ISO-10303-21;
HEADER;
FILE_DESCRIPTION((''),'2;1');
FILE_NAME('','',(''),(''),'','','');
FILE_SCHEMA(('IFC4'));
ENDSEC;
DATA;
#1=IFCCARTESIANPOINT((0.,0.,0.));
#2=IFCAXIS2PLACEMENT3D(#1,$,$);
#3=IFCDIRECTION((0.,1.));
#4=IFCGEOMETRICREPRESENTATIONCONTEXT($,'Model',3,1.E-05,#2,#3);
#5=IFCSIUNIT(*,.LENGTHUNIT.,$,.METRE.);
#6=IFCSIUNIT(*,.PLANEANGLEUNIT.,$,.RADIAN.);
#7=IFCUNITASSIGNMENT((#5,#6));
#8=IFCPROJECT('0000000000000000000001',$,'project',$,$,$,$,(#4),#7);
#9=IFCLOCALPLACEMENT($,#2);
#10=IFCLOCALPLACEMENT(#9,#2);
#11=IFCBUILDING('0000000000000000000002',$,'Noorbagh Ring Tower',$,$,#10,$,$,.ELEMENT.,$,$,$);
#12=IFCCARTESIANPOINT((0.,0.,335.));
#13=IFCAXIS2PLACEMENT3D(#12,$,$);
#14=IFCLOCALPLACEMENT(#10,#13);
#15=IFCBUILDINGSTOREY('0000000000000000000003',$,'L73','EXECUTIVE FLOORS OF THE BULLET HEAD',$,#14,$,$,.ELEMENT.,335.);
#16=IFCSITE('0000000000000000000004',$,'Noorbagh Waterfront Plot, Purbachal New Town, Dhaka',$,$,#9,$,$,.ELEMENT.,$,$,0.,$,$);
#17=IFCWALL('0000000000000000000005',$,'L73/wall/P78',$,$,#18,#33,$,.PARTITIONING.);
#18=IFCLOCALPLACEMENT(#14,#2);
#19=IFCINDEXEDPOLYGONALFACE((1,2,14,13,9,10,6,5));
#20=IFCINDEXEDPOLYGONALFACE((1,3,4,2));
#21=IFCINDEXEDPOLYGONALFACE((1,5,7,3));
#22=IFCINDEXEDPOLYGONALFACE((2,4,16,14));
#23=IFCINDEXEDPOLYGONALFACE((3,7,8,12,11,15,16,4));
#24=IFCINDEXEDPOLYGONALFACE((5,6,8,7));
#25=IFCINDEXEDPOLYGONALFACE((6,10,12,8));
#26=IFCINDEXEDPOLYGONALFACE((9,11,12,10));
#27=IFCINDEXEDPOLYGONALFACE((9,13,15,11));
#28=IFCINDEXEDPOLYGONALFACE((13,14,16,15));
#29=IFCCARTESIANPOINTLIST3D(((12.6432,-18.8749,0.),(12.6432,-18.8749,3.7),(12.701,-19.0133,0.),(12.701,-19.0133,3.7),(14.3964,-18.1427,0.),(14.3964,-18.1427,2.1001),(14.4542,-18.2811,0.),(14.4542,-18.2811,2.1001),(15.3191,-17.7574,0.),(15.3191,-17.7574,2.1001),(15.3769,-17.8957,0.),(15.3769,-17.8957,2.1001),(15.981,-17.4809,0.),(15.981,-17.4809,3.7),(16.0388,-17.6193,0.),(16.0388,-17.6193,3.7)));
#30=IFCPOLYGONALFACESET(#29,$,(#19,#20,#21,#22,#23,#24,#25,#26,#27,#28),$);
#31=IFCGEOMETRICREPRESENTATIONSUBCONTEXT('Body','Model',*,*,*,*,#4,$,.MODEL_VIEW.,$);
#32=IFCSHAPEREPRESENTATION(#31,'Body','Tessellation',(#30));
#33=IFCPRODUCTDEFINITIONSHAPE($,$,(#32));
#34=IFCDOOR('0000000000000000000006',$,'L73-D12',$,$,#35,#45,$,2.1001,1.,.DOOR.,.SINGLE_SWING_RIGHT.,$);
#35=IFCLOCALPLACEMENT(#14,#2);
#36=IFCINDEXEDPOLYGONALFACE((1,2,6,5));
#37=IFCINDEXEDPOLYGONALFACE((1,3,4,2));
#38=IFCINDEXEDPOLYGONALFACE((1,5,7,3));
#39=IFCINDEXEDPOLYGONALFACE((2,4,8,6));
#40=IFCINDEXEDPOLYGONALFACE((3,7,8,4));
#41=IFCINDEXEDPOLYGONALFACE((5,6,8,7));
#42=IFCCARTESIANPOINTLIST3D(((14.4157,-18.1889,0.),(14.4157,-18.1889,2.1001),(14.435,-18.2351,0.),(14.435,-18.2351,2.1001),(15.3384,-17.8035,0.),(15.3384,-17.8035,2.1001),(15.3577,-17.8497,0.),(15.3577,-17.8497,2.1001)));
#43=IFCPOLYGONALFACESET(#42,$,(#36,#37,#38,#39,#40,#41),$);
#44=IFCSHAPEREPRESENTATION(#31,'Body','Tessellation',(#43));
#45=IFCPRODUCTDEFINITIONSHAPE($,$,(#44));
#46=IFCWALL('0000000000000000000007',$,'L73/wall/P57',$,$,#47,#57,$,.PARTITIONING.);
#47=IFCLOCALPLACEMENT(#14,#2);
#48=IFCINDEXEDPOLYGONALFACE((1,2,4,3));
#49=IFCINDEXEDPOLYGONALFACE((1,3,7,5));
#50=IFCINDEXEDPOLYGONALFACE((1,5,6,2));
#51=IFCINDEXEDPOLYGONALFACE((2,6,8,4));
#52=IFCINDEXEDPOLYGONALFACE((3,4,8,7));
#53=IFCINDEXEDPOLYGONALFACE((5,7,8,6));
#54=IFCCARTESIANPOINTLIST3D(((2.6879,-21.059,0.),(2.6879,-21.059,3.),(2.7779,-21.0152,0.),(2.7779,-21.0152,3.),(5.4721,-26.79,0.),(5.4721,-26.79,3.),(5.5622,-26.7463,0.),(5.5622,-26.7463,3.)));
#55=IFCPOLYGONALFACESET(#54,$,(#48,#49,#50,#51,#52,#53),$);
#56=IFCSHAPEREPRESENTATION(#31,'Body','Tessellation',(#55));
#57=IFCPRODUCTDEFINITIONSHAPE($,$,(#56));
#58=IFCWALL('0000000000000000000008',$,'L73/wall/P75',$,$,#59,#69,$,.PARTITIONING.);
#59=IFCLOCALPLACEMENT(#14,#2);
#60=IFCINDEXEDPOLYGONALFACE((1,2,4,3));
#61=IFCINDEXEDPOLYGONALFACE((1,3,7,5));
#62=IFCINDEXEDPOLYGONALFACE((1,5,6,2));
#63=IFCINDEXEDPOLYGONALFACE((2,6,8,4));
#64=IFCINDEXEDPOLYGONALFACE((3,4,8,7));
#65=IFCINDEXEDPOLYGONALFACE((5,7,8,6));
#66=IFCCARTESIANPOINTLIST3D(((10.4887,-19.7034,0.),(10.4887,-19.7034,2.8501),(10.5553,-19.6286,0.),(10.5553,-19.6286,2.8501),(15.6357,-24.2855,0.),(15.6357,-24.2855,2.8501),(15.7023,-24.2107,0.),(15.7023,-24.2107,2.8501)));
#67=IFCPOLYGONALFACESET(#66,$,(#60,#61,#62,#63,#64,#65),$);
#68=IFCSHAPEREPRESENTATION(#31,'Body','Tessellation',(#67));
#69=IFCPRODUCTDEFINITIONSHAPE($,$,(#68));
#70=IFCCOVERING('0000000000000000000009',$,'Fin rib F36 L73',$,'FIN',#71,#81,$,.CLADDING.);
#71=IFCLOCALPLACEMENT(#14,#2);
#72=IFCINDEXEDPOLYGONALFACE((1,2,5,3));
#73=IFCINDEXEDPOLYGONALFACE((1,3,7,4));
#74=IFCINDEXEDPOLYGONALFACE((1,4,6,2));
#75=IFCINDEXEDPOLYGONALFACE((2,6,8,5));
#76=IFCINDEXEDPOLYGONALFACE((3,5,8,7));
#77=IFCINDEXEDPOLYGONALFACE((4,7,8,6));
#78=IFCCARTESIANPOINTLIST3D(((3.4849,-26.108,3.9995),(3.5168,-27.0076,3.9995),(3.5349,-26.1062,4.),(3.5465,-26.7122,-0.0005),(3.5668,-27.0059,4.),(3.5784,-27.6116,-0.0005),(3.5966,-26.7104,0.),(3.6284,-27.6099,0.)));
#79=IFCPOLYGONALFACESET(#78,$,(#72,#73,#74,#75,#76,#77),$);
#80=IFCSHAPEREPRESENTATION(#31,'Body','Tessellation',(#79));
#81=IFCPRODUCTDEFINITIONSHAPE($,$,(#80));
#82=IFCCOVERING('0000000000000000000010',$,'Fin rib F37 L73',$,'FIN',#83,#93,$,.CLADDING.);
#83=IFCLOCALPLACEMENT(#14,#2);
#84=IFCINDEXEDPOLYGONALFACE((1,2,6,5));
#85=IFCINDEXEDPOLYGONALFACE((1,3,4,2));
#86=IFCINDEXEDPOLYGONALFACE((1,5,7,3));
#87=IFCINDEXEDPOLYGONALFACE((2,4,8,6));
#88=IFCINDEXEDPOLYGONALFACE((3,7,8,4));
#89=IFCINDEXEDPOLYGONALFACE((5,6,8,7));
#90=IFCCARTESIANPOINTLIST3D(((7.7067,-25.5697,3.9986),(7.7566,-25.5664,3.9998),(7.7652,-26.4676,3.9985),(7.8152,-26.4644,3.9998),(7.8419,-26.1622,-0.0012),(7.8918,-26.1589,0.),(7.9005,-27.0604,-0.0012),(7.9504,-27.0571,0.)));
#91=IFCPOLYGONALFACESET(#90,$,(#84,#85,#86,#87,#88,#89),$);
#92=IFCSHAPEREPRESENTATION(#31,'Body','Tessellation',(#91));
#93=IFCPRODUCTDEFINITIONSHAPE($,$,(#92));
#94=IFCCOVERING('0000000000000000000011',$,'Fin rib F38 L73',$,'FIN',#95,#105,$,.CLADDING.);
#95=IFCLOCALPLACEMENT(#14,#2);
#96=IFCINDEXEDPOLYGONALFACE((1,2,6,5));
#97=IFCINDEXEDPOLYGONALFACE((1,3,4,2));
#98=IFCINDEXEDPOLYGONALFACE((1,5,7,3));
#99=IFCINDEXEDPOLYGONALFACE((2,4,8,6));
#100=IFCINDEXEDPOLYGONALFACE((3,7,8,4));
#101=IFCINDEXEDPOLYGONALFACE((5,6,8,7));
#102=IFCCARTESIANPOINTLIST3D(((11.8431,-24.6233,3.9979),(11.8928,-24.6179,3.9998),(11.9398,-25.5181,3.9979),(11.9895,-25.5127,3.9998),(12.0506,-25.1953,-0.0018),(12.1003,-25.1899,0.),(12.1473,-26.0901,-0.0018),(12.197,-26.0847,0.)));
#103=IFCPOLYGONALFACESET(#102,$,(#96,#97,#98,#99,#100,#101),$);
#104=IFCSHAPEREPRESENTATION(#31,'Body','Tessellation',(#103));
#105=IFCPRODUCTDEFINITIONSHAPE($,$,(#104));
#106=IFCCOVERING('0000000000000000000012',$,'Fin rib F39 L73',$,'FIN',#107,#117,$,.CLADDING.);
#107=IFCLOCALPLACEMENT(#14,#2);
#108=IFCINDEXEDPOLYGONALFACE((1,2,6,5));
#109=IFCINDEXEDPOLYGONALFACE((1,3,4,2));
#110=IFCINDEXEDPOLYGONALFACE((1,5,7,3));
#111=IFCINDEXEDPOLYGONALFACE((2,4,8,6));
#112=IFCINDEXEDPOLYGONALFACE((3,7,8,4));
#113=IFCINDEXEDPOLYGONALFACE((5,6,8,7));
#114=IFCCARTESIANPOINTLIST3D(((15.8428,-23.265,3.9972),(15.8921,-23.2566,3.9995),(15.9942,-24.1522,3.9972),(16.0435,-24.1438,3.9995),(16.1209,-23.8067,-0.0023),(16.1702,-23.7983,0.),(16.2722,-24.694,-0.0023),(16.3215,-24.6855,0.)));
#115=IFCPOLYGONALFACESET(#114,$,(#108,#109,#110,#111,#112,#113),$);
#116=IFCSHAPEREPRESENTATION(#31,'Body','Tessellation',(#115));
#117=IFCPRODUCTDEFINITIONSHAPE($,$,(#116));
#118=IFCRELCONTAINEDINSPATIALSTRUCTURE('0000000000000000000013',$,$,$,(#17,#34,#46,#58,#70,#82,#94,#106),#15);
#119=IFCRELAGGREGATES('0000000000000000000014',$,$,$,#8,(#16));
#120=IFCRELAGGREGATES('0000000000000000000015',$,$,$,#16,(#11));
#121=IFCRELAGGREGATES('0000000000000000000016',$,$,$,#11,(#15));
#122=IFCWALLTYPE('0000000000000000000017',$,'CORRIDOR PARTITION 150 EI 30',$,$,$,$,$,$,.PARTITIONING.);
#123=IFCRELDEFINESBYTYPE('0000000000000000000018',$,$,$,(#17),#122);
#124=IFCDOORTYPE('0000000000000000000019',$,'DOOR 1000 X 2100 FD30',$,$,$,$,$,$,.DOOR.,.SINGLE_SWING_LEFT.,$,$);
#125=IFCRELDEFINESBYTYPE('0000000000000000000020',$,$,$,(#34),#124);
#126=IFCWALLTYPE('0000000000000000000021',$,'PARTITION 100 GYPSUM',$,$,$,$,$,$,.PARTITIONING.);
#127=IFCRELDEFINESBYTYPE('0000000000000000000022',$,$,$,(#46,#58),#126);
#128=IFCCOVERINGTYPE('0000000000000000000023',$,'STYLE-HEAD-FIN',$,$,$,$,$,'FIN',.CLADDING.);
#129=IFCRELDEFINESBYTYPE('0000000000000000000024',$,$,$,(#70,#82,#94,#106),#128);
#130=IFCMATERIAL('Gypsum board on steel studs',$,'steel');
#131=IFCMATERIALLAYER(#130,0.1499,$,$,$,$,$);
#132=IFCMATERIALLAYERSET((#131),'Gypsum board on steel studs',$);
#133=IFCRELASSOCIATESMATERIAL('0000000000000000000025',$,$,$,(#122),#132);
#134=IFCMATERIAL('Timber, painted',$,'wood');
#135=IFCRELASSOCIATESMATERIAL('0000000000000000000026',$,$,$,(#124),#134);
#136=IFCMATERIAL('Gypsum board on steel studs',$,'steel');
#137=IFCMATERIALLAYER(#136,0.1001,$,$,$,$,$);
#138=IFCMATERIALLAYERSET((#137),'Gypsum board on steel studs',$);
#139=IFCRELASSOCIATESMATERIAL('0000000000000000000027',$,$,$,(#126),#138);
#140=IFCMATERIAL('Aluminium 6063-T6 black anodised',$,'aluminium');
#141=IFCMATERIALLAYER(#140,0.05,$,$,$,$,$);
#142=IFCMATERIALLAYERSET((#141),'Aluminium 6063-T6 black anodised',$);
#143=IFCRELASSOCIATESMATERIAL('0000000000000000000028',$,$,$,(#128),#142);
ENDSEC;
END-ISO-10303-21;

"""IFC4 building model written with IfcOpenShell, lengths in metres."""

from ifc_helpers import new_model, si_unit, direction, frame, frame_2d, origin, place, context, subcontext, project, spatial, polyline, rectangle, outline, extrude, material, layer, layer_set, type_object, element, fill, save


model = new_model("IFC4")

# Units and contexts
model_context = context("Model", 3, precision=1e-05, world=origin(), true_north=direction((0.0, 1.0)))
body_context = subcontext(model_context, "Body", "Model", "MODEL_VIEW")
ifc_project = project(units=[si_unit("LENGTHUNIT", "METRE"), si_unit("PLANEANGLEUNIT", "RADIAN")], contexts=[model_context])

# Site, building, storey
site_placement = place(None, origin())
site = spatial("IfcSite", under=ifc_project, at=site_placement, Name="Noorbagh Waterfront Plot, Purbachal New Town, Dhaka", CompositionType="ELEMENT", RefElevation=0.0)
building_placement = place(site_placement, origin())
building = spatial("IfcBuilding", under=site, at=building_placement, Name="Noorbagh Ring Tower", CompositionType="ELEMENT")
storey_placement = place(building_placement, frame((0.0, 0.0, 335.0)))
storey = spatial("IfcBuildingStorey", under=building, at=storey_placement, Name="L73", Description="EXECUTIVE FLOORS OF THE BULLET HEAD", CompositionType="ELEMENT", Elevation=335.0)

# Shared definitions
ifc_material_1 = material(Name="Gypsum board on steel studs", Category="steel")
ifc_layer_1 = layer(ifc_material_1, 0.1499)
ifc_layer_set_1 = layer_set([ifc_layer_1], Name="Gypsum board on steel studs")
wall_type_1 = type_object("IfcWallType", Name="CORRIDOR PARTITION 150 EI 30", PredefinedType="PARTITIONING", material=ifc_layer_set_1)

# Shared definitions
ifc_material_2 = material(Name="Timber, painted", Category="wood")
door_type = type_object("IfcDoorType", Name="DOOR 1000 X 2100 FD30", OperationType="SINGLE_SWING_LEFT", PredefinedType="DOOR", material=ifc_material_2)

# Wall, opening, door
wall_1_placement = place(storey_placement, frame((12.6721, -18.9441, 0.0), z_axis=(0.0, 0.0, 1.0), x_axis=(0.922757, 0.385382, 0.0)))
wall_1 = element("IfcWall", 1, at=wall_1_placement, inside=storey, type_object=wall_type_1, Name="L73/wall/P78", PredefinedType="PARTITIONING", context=body_context, shape_type="SweptSolid", body=[
    extrude(rectangle(XDim=3.6172, YDim=0.1499, at=frame_2d((1.8086, 0.0))), origin(), (0.0, 0.0, 1.0), 3.7),
])
opening_1_placement = place(wall_1_placement, frame((1.8999, 0.0, 0.0)))
opening_1 = element("IfcOpeningElement", 2, at=opening_1_placement, cuts=wall_1, PredefinedType="OPENING", context=body_context, shape_type="SweptSolid", body=[
    extrude(rectangle(XDim=1.0, YDim=2.1001, at=frame_2d((0.5, 1.05))), frame((0.0, 0.085, 0.0), z_axis=(0.0, -1.0, 0.0), x_axis=(1.0, 0.0, 0.0)), (0.0, 0.0, 1.0), 0.1699),
])
door_1_placement = place(opening_1_placement, origin())
door_1 = element("IfcDoor", 3, at=door_1_placement, inside=storey, type_object=door_type, Name="L73-D12", OperationType="SINGLE_SWING_RIGHT", OverallHeight=2.1001, OverallWidth=1.0, PredefinedType="DOOR", context=body_context, shape_type="SweptSolid", body=[
    extrude(rectangle(XDim=1.0, YDim=2.1001, at=frame_2d((0.5, 1.05))), frame((0.0, 0.0249, 0.0), z_axis=(0.0, -1.0, 0.0), x_axis=(1.0, 0.0, 0.0)), (0.0, 0.0, 1.0), 0.05),
])
fill(opening_1, door_1)

# Walls
ifc_material_3 = material(Name="Gypsum board on steel studs", Category="steel")
ifc_layer_2 = layer(ifc_material_3, 0.1001)
ifc_layer_set_2 = layer_set([ifc_layer_2], Name="Gypsum board on steel studs")
wall_type_2 = type_object("IfcWallType", Name="PARTITION 100 GYPSUM", PredefinedType="PARTITIONING", material=ifc_layer_set_2)
wall_2_placement = place(storey_placement, frame((2.7329, -21.0371, 0.0), z_axis=(0.0, 0.0, 1.0), x_axis=(0.436977, -0.899473, 0.0)))
element("IfcWall", 4, at=wall_2_placement, inside=storey, type_object=wall_type_2, Name="L73/wall/P57", PredefinedType="PARTITIONING", context=body_context, shape_type="SweptSolid", body=[
    extrude(rectangle(XDim=6.3716, YDim=0.1001, at=frame_2d((3.1858, 0.0))), origin(), (0.0, 0.0, 1.0), 3.0),
])
wall_3_placement = place(storey_placement, frame((10.522, -19.666, 0.0), z_axis=(0.0, 0.0, 1.0), x_axis=(0.746909, -0.664927, 0.0)))
element("IfcWall", 5, at=wall_3_placement, inside=storey, type_object=wall_type_2, Name="L73/wall/P75", PredefinedType="PARTITIONING", context=body_context, shape_type="SweptSolid", body=[
    extrude(rectangle(XDim=6.8911, YDim=0.1001, at=frame_2d((3.4456, 0.0))), origin(), (0.0, 0.0, 1.0), 2.8501),
])

# Coverings
ifc_material_4 = material(Name="Aluminium 6063-T6 black anodised", Category="aluminium")
ifc_layer_3 = layer(ifc_material_4, 0.05)
ifc_layer_set_3 = layer_set([ifc_layer_3], Name="Aluminium 6063-T6 black anodised")
covering_type_1 = type_object("IfcCoveringType", Name="STYLE-HEAD-FIN", ElementType="FIN", PredefinedType="CLADDING", material=ifc_layer_set_3)
covering_1_placement = place(storey_placement, frame((3.6284, -27.6099, 0.0), z_axis=(0.999323, 0.035395, 0.010055), x_axis=(-0.015236, 0.149292, 0.988676)))
element("IfcCovering", 6, at=covering_1_placement, inside=storey, type_object=covering_type_1, Name="Fin rib F36 L73", ObjectType="FIN", PredefinedType="CLADDING", context=body_context, shape_type="SweptSolid", body=[
    extrude(outline(polyline([(0.0, 0.0), (4.0458, 0.0), (4.1806, -0.8901), (0.1348, -0.8898), (0.0, 0.0)])), origin(), (0.0, 0.0, -1.0), 0.05),
])
covering_2_placement = place(storey_placement, frame((7.9504, -27.0571, 0.0), z_axis=(0.997589, 0.065087, 0.02409), x_axis=(-0.033433, 0.146519, 0.988643)))
element("IfcCovering", 7, at=covering_2_placement, inside=storey, type_object=covering_type_1, Name="Fin rib F37 L73", ObjectType="FIN", PredefinedType="CLADDING", context=body_context, shape_type="SweptSolid", body=[
    extrude(outline(polyline([(0.0, 0.0), (4.0457, 0.0), (4.1792, -0.8899), (0.1336, -0.8901), (0.0, 0.0)])), origin(), (0.0, 0.0, -1.0), 0.05),
])
covering_3_placement = place(storey_placement, frame((12.197, -26.0847, 0.0), z_axis=(0.993562, 0.107353, 0.036196), x_axis=(-0.051293, 0.141387, 0.988625)))
element("IfcCovering", 8, at=covering_3_placement, inside=storey, type_object=covering_type_1, Name="Fin rib F38 L73", ObjectType="FIN", PredefinedType="CLADDING", context=body_context, shape_type="SweptSolid", body=[
    extrude(outline(polyline([(0.0, 0.0), (4.0458, 0.0), (4.1772, -0.8903), (0.1315, -0.8903), (0.0, 0.0)])), origin(), (0.0, 0.0, -1.0), 0.05),
])
covering_4_placement = place(storey_placement, frame((16.3215, -24.6855, 0.0), z_axis=(0.984726, 0.168005, 0.045709), x_axis=(-0.068735, 0.13391, 0.988607)))
element("IfcCovering", 9, at=covering_4_placement, inside=storey, type_object=covering_type_1, Name="Fin rib F39 L73", ObjectType="FIN", PredefinedType="CLADDING", context=body_context, shape_type="SweptSolid", body=[
    extrude(outline(polyline([(0.0, 0.0), (4.0456, 0.0), (4.1748, -0.8907), (0.1292, -0.8907), (0.0, 0.0)])), origin(), (0.0, 0.0, -1.0), 0.05),
])

save(model, "model.ifc")
